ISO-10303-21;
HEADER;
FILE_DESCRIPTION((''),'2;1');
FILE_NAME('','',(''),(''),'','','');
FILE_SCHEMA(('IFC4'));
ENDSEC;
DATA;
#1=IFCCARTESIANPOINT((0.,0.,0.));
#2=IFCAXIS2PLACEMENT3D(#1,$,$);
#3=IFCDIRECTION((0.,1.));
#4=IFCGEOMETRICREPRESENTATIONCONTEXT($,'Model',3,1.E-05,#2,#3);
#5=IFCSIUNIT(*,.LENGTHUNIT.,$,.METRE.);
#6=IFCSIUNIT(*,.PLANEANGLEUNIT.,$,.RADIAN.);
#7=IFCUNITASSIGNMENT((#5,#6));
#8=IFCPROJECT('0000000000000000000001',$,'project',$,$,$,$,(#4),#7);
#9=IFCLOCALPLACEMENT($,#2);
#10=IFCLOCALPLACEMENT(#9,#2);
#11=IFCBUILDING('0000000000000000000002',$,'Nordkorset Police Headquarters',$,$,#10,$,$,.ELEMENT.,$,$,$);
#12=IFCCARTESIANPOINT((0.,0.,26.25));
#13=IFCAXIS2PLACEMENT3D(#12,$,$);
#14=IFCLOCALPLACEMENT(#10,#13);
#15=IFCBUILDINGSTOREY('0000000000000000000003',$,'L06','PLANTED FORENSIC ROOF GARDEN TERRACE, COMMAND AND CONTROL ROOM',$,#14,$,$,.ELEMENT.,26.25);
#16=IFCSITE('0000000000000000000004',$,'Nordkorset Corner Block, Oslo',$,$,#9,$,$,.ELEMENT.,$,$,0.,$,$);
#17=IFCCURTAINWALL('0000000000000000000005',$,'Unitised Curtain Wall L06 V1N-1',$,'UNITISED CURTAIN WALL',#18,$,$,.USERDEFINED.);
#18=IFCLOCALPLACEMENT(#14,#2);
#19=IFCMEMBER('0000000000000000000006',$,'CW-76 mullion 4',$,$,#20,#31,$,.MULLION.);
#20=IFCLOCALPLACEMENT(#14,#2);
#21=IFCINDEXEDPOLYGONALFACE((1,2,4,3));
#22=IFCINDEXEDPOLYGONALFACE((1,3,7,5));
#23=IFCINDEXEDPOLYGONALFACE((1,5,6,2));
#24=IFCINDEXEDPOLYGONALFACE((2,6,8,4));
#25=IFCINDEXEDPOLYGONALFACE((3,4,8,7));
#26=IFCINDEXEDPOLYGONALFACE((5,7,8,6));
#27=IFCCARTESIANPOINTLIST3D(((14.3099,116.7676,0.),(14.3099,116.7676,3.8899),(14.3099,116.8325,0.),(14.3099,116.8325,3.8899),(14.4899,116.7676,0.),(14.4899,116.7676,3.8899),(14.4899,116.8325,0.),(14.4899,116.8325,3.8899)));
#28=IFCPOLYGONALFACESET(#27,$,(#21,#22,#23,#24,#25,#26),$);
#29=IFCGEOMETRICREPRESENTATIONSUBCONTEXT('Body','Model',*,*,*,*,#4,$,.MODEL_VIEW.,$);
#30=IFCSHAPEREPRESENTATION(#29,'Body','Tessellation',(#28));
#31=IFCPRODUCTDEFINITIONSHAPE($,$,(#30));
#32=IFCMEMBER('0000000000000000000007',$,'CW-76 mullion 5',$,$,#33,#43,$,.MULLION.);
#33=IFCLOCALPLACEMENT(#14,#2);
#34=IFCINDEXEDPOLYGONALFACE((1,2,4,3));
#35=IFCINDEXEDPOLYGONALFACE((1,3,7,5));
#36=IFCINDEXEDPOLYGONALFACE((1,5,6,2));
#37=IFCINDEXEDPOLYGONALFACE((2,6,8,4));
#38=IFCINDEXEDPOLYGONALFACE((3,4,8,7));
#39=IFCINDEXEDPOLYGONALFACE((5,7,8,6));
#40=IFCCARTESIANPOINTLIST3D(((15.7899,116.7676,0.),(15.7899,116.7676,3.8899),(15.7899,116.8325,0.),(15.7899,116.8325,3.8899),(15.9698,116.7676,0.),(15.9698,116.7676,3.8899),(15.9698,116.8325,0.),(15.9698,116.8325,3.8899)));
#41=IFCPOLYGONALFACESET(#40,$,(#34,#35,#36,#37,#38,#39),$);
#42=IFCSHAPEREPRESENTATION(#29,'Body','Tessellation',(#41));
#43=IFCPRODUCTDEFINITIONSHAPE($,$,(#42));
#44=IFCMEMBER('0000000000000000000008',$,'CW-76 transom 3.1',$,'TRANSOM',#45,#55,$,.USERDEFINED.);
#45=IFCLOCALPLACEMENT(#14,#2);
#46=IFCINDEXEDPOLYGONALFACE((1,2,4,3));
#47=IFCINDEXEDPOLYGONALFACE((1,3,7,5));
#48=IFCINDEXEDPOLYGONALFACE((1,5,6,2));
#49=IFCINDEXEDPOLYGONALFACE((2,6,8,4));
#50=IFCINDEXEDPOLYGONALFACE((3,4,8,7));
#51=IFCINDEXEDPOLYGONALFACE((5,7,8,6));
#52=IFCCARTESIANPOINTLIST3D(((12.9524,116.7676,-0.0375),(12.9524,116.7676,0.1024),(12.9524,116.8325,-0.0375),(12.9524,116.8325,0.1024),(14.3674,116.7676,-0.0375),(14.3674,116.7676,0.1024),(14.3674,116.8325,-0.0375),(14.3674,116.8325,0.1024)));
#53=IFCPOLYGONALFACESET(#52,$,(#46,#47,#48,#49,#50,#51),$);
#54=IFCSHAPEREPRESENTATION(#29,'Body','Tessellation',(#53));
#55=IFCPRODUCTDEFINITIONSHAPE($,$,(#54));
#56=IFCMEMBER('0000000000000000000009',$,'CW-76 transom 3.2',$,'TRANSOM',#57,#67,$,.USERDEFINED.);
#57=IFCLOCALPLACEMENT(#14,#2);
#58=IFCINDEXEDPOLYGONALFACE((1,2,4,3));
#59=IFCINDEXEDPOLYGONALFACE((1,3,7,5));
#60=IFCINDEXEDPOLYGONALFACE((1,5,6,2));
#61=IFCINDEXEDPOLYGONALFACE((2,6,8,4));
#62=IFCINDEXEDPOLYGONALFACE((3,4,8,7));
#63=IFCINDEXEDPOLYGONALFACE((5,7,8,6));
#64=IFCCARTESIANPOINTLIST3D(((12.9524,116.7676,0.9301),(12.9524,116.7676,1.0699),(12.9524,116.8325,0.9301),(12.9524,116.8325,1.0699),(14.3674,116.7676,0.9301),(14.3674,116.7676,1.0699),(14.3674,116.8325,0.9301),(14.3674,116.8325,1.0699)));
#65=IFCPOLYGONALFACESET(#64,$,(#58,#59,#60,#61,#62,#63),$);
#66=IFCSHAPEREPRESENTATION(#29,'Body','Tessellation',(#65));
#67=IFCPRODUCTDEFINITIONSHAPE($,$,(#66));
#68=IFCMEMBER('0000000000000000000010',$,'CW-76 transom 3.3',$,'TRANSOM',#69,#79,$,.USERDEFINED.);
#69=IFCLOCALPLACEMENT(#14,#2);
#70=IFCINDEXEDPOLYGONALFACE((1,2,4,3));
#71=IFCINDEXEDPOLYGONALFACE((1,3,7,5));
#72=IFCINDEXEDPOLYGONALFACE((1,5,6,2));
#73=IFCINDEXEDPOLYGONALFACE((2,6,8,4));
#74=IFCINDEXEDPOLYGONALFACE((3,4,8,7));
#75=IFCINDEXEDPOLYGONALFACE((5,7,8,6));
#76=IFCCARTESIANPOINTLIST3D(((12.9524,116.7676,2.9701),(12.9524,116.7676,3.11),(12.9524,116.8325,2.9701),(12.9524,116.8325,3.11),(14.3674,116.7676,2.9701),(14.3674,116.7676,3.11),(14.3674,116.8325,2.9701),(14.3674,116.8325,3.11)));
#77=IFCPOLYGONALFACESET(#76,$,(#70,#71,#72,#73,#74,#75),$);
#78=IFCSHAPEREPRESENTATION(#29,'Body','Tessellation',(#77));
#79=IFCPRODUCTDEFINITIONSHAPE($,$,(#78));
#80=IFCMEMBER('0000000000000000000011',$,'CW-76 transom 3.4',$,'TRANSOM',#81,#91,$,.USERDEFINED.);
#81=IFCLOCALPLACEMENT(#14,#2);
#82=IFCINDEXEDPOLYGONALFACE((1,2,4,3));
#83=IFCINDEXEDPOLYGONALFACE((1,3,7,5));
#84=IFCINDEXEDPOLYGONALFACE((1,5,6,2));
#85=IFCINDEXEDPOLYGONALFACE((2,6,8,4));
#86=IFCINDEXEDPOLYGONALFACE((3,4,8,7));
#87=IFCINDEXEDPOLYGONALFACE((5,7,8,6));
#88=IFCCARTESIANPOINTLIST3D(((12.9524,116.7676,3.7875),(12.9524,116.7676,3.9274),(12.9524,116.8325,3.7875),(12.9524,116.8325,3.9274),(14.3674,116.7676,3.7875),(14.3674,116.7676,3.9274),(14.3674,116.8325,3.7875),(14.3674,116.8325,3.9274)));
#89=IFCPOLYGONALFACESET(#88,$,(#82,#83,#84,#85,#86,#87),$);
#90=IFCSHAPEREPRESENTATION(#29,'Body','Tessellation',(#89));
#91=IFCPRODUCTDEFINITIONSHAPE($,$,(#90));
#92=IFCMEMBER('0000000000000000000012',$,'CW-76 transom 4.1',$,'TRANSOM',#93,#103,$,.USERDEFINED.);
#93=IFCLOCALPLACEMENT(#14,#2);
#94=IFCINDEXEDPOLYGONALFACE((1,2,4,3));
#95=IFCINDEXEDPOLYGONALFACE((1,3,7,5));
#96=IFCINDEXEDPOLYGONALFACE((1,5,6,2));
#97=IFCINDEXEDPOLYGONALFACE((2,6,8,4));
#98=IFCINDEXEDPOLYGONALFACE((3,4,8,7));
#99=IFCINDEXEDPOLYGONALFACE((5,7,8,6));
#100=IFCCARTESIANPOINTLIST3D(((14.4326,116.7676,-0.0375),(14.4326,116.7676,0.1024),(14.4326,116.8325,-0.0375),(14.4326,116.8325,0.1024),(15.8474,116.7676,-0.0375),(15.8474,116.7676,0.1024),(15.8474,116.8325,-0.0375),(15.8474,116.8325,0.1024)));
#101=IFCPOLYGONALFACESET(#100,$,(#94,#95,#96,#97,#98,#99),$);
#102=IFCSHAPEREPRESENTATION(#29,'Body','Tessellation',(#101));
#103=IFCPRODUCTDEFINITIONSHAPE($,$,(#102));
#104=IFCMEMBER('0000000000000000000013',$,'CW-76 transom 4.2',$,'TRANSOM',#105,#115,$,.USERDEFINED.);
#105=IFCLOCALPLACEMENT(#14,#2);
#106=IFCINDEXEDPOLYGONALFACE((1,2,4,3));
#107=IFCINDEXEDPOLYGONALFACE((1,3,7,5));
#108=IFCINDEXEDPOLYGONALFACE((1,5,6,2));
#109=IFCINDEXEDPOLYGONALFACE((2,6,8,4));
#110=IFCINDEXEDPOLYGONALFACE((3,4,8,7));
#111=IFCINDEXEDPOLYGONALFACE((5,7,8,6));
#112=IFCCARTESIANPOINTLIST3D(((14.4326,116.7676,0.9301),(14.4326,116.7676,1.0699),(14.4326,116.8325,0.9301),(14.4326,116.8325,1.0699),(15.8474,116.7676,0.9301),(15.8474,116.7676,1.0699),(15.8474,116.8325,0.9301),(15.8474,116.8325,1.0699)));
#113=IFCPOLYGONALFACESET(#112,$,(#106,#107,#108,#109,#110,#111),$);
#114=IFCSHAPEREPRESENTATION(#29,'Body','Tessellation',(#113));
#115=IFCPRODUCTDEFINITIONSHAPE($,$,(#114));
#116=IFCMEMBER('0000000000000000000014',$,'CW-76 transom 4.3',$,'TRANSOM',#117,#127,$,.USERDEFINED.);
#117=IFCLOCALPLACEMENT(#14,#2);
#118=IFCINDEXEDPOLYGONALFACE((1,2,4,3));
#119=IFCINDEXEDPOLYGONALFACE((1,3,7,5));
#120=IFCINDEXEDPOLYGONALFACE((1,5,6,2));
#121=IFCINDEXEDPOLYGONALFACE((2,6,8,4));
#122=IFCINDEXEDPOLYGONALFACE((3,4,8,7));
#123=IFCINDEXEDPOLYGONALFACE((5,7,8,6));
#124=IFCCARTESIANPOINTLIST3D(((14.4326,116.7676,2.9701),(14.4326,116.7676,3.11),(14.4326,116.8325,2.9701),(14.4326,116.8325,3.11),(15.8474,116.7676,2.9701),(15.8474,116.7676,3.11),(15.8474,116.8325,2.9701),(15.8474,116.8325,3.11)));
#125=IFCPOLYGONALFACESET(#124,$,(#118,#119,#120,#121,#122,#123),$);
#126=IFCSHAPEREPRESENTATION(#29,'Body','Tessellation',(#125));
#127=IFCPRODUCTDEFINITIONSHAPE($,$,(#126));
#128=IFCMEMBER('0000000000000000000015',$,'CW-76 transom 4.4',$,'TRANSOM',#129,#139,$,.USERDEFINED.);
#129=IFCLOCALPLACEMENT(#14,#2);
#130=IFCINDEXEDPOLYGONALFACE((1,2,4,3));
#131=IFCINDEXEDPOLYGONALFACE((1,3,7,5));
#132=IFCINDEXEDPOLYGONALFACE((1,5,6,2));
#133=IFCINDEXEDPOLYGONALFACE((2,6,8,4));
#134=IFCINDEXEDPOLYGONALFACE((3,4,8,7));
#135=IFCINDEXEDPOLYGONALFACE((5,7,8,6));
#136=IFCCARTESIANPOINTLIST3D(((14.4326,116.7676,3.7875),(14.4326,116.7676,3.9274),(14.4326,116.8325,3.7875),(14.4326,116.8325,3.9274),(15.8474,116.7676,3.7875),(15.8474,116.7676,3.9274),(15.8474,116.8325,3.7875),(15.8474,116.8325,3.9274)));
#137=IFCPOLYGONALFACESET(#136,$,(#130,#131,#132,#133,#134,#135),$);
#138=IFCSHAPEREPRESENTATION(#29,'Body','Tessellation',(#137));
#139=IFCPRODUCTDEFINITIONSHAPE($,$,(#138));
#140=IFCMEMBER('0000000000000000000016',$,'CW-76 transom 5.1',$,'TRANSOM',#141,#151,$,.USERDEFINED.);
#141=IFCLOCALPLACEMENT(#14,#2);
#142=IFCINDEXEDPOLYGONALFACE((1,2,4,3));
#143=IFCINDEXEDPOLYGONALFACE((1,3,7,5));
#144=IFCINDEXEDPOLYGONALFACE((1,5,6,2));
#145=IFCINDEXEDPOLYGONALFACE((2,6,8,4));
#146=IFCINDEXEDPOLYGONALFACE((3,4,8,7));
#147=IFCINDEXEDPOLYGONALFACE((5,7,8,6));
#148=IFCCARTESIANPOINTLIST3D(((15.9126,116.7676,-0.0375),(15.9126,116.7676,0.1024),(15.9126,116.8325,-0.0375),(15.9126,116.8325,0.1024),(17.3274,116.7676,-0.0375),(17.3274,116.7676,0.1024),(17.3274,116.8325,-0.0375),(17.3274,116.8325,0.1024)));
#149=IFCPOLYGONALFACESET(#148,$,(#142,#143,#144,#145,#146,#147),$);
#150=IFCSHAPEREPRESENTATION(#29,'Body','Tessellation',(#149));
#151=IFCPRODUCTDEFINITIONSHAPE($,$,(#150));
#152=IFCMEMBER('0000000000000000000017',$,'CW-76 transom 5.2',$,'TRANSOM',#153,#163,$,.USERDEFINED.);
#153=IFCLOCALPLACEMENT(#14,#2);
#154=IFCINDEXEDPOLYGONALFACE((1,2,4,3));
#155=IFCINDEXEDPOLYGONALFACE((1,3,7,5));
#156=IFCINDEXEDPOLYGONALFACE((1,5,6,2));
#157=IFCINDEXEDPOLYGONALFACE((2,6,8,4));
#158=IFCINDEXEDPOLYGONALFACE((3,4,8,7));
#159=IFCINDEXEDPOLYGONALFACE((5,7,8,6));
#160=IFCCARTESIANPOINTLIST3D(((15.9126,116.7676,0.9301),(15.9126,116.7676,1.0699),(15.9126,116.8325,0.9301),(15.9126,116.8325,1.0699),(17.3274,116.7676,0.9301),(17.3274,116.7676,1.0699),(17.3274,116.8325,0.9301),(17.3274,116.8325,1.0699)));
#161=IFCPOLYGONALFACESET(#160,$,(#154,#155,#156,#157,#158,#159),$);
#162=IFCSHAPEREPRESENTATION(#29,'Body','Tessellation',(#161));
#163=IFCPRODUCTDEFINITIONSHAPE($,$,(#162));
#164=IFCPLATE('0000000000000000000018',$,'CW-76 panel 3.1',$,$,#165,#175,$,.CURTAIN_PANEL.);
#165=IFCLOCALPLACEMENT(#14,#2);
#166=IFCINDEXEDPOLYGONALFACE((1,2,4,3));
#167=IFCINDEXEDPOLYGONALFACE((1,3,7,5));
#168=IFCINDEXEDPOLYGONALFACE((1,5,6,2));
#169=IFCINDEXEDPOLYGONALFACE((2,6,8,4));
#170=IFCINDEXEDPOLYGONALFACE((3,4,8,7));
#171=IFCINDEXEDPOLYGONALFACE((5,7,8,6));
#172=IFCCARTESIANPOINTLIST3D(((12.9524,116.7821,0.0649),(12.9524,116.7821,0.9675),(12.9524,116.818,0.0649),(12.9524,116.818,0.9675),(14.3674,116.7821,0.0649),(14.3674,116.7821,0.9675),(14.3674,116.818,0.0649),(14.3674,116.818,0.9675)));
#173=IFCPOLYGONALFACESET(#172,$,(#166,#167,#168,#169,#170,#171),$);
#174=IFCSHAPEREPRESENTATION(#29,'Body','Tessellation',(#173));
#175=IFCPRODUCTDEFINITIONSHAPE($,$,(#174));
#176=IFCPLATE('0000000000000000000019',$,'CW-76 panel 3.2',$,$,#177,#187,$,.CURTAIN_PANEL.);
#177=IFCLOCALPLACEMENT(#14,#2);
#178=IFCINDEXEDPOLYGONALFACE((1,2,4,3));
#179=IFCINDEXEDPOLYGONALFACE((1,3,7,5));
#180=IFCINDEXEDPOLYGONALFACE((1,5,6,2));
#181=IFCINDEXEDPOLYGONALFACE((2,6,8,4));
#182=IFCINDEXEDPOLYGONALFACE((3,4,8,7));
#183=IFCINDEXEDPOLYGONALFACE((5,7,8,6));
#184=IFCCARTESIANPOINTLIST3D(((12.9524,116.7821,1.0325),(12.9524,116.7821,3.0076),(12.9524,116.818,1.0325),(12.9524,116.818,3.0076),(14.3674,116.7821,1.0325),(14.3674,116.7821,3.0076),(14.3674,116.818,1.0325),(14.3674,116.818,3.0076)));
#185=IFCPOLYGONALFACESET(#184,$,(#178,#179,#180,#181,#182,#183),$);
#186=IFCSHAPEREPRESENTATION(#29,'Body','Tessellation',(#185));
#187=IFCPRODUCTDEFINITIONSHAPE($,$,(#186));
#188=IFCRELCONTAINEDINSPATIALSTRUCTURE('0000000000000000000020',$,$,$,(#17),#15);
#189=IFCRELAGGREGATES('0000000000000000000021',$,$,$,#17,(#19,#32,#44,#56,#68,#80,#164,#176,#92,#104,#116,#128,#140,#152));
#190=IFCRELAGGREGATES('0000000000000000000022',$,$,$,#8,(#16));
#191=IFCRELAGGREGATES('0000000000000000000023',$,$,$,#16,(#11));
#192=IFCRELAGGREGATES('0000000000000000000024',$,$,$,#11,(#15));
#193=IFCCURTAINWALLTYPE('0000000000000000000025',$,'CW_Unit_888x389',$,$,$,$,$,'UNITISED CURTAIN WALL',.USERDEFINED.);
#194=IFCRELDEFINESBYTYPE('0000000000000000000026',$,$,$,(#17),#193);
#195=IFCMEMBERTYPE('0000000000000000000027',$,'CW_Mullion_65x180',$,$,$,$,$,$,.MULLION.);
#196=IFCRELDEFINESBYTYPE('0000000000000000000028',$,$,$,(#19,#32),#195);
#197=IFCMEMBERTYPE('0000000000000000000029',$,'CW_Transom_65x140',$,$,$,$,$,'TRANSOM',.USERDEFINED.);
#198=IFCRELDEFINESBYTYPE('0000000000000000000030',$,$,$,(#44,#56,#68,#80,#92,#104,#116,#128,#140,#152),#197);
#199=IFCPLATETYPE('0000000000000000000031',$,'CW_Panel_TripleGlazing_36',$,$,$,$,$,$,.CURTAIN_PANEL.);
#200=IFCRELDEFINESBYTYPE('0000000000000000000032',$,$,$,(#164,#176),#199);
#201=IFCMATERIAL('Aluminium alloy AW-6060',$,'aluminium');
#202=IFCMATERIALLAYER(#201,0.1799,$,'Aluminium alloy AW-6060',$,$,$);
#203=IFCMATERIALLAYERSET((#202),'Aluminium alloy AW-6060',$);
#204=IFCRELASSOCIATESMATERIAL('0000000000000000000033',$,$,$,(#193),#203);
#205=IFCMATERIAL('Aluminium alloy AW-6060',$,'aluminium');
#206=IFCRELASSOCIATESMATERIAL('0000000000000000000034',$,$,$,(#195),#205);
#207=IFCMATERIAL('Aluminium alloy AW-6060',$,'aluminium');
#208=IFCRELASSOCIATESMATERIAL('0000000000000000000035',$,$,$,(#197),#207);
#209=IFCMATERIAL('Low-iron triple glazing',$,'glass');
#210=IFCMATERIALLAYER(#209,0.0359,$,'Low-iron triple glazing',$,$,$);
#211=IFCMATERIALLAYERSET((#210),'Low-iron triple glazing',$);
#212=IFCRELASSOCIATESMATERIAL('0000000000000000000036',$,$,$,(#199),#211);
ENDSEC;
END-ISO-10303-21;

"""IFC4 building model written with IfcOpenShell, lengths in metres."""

from ifc_helpers import new_model, si_unit, direction, frame, origin, origin_2d, place, context, subcontext, project, spatial, rectangle, extrude, material, layer, layer_set, material_profile, profile_set, type_object, element, aggregate, save


model = new_model("IFC4")

# Units and contexts
model_context = context("Model", 3, precision=1e-05, world=origin(), true_north=direction((0.0, 1.0)))
body_context = subcontext(model_context, "Body", "Model", "MODEL_VIEW")
ifc_project = project(units=[si_unit("LENGTHUNIT", "METRE"), si_unit("PLANEANGLEUNIT", "RADIAN")], contexts=[model_context])

# Site, building, storey
site_placement = place(None, origin())
site = spatial("IfcSite", under=ifc_project, at=site_placement, Name="Nordkorset Corner Block, Oslo", CompositionType="ELEMENT", RefElevation=0.0)
building_placement = place(site_placement, origin())
building = spatial("IfcBuilding", under=site, at=building_placement, Name="Nordkorset Police Headquarters", CompositionType="ELEMENT")
storey_placement = place(building_placement, frame((0.0, 0.0, 26.25)))
storey = spatial("IfcBuildingStorey", under=building, at=storey_placement, Name="L06", Description="PLANTED FORENSIC ROOF GARDEN TERRACE, COMMAND AND CONTROL ROOM", CompositionType="ELEMENT", Elevation=26.25)

# Curtain wall, members, plates
ifc_material_1 = material(Name="Aluminium alloy AW-6060", Category="aluminium")
ifc_layer_1 = layer(ifc_material_1, 0.1799, Name="Aluminium alloy AW-6060")
ifc_layer_set_1 = layer_set([ifc_layer_1], Name="Aluminium alloy AW-6060")
curtain_wall_type = type_object("IfcCurtainWallType", Name="CW_Unit_888x389", ElementType="UNITISED CURTAIN WALL", PredefinedType="USERDEFINED", material=ifc_layer_set_1)
curtain_wall_placement = place(storey_placement, origin())
curtain_wall = element("IfcCurtainWall", 1, at=curtain_wall_placement, inside=storey, type_object=curtain_wall_type, Name="Unitised Curtain Wall L06 V1N-1", ObjectType="UNITISED CURTAIN WALL", PredefinedType="USERDEFINED")
ifc_material_2 = material(Name="Aluminium alloy AW-6060", Category="aluminium")
ifc_material_profile_1 = material_profile(ifc_material_2, rectangle(XDim=0.0649, YDim=0.1799, at=origin_2d()), Name="ALU MULL 65x180")
ifc_profile_set_1 = profile_set([ifc_material_profile_1], Name="Aluminium alloy AW-6060")
member_type_1 = type_object("IfcMemberType", Name="CW_Mullion_65x180", PredefinedType="MULLION", material=ifc_profile_set_1)
member_1_placement = place(storey_placement, frame((14.3999, 116.8, 0.0), z_axis=(0.0, 0.0, 1.0), x_axis=(0.0, 1.0, 0.0)))
member_1 = element("IfcMember", 2, at=member_1_placement, type_object=member_type_1, Name="CW-76 mullion 4", PredefinedType="MULLION", context=body_context, shape_type="SweptSolid", body=[
    extrude(rectangle(XDim=0.0649, YDim=0.1799, at=origin_2d()), origin(), (0.0, 0.0, 1.0), 3.8899),
])
member_2_placement = place(storey_placement, frame((15.8799, 116.8, 0.0), z_axis=(0.0, 0.0, 1.0), x_axis=(0.0, 1.0, 0.0)))
member_2 = element("IfcMember", 3, at=member_2_placement, type_object=member_type_1, Name="CW-76 mullion 5", PredefinedType="MULLION", context=body_context, shape_type="SweptSolid", body=[
    extrude(rectangle(XDim=0.0649, YDim=0.1799, at=origin_2d()), origin(), (0.0, 0.0, 1.0), 3.8899),
])
ifc_material_3 = material(Name="Aluminium alloy AW-6060", Category="aluminium")
ifc_material_profile_2 = material_profile(ifc_material_3, rectangle(XDim=0.0649, YDim=0.1399, at=origin_2d()), Name="ALU TRAN 65x140")
ifc_profile_set_2 = profile_set([ifc_material_profile_2], Name="Aluminium alloy AW-6060")
member_type_2 = type_object("IfcMemberType", Name="CW_Transom_65x140", ElementType="TRANSOM", PredefinedType="USERDEFINED", material=ifc_profile_set_2)
member_3_placement = place(storey_placement, frame((12.9524, 116.8, 0.0325), z_axis=(1.0, 0.0, 0.0), x_axis=(0.0, 1.0, 0.0)))
member_3 = element("IfcMember", 4, at=member_3_placement, type_object=member_type_2, Name="CW-76 transom 3.1", ObjectType="TRANSOM", PredefinedType="USERDEFINED", context=body_context, shape_type="SweptSolid", body=[
    extrude(rectangle(XDim=0.0649, YDim=0.1399, at=origin_2d()), origin(), (0.0, 0.0, 1.0), 1.415),
])
member_4_placement = place(storey_placement, frame((12.9524, 116.8, 1.0), z_axis=(1.0, 0.0, 0.0), x_axis=(0.0, 1.0, 0.0)))
member_4 = element("IfcMember", 5, at=member_4_placement, type_object=member_type_2, Name="CW-76 transom 3.2", ObjectType="TRANSOM", PredefinedType="USERDEFINED", context=body_context, shape_type="SweptSolid", body=[
    extrude(rectangle(XDim=0.0649, YDim=0.1399, at=origin_2d()), origin(), (0.0, 0.0, 1.0), 1.415),
])
member_5_placement = place(storey_placement, frame((12.9524, 116.8, 3.04), z_axis=(1.0, 0.0, 0.0), x_axis=(0.0, 1.0, 0.0)))
member_5 = element("IfcMember", 6, at=member_5_placement, type_object=member_type_2, Name="CW-76 transom 3.3", ObjectType="TRANSOM", PredefinedType="USERDEFINED", context=body_context, shape_type="SweptSolid", body=[
    extrude(rectangle(XDim=0.0649, YDim=0.1399, at=origin_2d()), origin(), (0.0, 0.0, 1.0), 1.415),
])
member_6_placement = place(storey_placement, frame((12.9524, 116.8, 3.8574), z_axis=(1.0, 0.0, 0.0), x_axis=(0.0, 1.0, 0.0)))
member_6 = element("IfcMember", 7, at=member_6_placement, type_object=member_type_2, Name="CW-76 transom 3.4", ObjectType="TRANSOM", PredefinedType="USERDEFINED", context=body_context, shape_type="SweptSolid", body=[
    extrude(rectangle(XDim=0.0649, YDim=0.1399, at=origin_2d()), origin(), (0.0, 0.0, 1.0), 1.415),
])
member_7_placement = place(storey_placement, frame((14.4326, 116.8, 0.0325), z_axis=(1.0, 0.0, 0.0), x_axis=(0.0, 1.0, 0.0)))
member_7 = element("IfcMember", 8, at=member_7_placement, type_object=member_type_2, Name="CW-76 transom 4.1", ObjectType="TRANSOM", PredefinedType="USERDEFINED", context=body_context, shape_type="SweptSolid", body=[
    extrude(rectangle(XDim=0.0649, YDim=0.1399, at=origin_2d()), origin(), (0.0, 0.0, 1.0), 1.4148),
])
member_8_placement = place(storey_placement, frame((14.4326, 116.8, 1.0), z_axis=(1.0, 0.0, 0.0), x_axis=(0.0, 1.0, 0.0)))
member_8 = element("IfcMember", 9, at=member_8_placement, type_object=member_type_2, Name="CW-76 transom 4.2", ObjectType="TRANSOM", PredefinedType="USERDEFINED", context=body_context, shape_type="SweptSolid", body=[
    extrude(rectangle(XDim=0.0649, YDim=0.1399, at=origin_2d()), origin(), (0.0, 0.0, 1.0), 1.4148),
])
member_9_placement = place(storey_placement, frame((14.4326, 116.8, 3.04), z_axis=(1.0, 0.0, 0.0), x_axis=(0.0, 1.0, 0.0)))
member_9 = element("IfcMember", 10, at=member_9_placement, type_object=member_type_2, Name="CW-76 transom 4.3", ObjectType="TRANSOM", PredefinedType="USERDEFINED", context=body_context, shape_type="SweptSolid", body=[
    extrude(rectangle(XDim=0.0649, YDim=0.1399, at=origin_2d()), origin(), (0.0, 0.0, 1.0), 1.4148),
])
member_10_placement = place(storey_placement, frame((14.4326, 116.8, 3.8574), z_axis=(1.0, 0.0, 0.0), x_axis=(0.0, 1.0, 0.0)))
member_10 = element("IfcMember", 11, at=member_10_placement, type_object=member_type_2, Name="CW-76 transom 4.4", ObjectType="TRANSOM", PredefinedType="USERDEFINED", context=body_context, shape_type="SweptSolid", body=[
    extrude(rectangle(XDim=0.0649, YDim=0.1399, at=origin_2d()), origin(), (0.0, 0.0, 1.0), 1.4148),
])
member_11_placement = place(storey_placement, frame((15.9126, 116.8, 0.0325), z_axis=(1.0, 0.0, 0.0), x_axis=(0.0, 1.0, 0.0)))
member_11 = element("IfcMember", 12, at=member_11_placement, type_object=member_type_2, Name="CW-76 transom 5.1", ObjectType="TRANSOM", PredefinedType="USERDEFINED", context=body_context, shape_type="SweptSolid", body=[
    extrude(rectangle(XDim=0.0649, YDim=0.1399, at=origin_2d()), origin(), (0.0, 0.0, 1.0), 1.4148),
])
member_12_placement = place(storey_placement, frame((15.9126, 116.8, 1.0), z_axis=(1.0, 0.0, 0.0), x_axis=(0.0, 1.0, 0.0)))
member_12 = element("IfcMember", 13, at=member_12_placement, type_object=member_type_2, Name="CW-76 transom 5.2", ObjectType="TRANSOM", PredefinedType="USERDEFINED", context=body_context, shape_type="SweptSolid", body=[
    extrude(rectangle(XDim=0.0649, YDim=0.1399, at=origin_2d()), origin(), (0.0, 0.0, 1.0), 1.4148),
])
ifc_material_4 = material(Name="Low-iron triple glazing", Category="glass")
ifc_layer_2 = layer(ifc_material_4, 0.0359, Name="Low-iron triple glazing")
ifc_layer_set_2 = layer_set([ifc_layer_2], Name="Low-iron triple glazing")
plate_type = type_object("IfcPlateType", Name="CW_Panel_TripleGlazing_36", PredefinedType="CURTAIN_PANEL", material=ifc_layer_set_2)
plate_1_placement = place(storey_placement, frame((13.6599, 116.8, 0.0649), z_axis=(0.0, 0.0, 1.0), x_axis=(1.0, 0.0, 0.0)))
plate_1 = element("IfcPlate", 14, at=plate_1_placement, type_object=plate_type, Name="CW-76 panel 3.1", PredefinedType="CURTAIN_PANEL", context=body_context, shape_type="SweptSolid", body=[
    extrude(rectangle(XDim=1.415, YDim=0.0359, at=origin_2d()), origin(), (0.0, 0.0, 1.0), 0.9026),
])
plate_2_placement = place(storey_placement, frame((13.6599, 116.8, 1.0325), z_axis=(0.0, 0.0, 1.0), x_axis=(1.0, 0.0, 0.0)))
plate_2 = element("IfcPlate", 15, at=plate_2_placement, type_object=plate_type, Name="CW-76 panel 3.2", PredefinedType="CURTAIN_PANEL", context=body_context, shape_type="SweptSolid", body=[
    extrude(rectangle(XDim=1.415, YDim=0.0359, at=origin_2d()), origin(), (0.0, 0.0, 1.0), 1.9751),
])
aggregate(curtain_wall, [member_1, member_2, member_3, member_4, member_5, member_6, plate_1, plate_2, member_7, member_8, member_9, member_10, member_11, member_12])

save(model, "model.ifc")
